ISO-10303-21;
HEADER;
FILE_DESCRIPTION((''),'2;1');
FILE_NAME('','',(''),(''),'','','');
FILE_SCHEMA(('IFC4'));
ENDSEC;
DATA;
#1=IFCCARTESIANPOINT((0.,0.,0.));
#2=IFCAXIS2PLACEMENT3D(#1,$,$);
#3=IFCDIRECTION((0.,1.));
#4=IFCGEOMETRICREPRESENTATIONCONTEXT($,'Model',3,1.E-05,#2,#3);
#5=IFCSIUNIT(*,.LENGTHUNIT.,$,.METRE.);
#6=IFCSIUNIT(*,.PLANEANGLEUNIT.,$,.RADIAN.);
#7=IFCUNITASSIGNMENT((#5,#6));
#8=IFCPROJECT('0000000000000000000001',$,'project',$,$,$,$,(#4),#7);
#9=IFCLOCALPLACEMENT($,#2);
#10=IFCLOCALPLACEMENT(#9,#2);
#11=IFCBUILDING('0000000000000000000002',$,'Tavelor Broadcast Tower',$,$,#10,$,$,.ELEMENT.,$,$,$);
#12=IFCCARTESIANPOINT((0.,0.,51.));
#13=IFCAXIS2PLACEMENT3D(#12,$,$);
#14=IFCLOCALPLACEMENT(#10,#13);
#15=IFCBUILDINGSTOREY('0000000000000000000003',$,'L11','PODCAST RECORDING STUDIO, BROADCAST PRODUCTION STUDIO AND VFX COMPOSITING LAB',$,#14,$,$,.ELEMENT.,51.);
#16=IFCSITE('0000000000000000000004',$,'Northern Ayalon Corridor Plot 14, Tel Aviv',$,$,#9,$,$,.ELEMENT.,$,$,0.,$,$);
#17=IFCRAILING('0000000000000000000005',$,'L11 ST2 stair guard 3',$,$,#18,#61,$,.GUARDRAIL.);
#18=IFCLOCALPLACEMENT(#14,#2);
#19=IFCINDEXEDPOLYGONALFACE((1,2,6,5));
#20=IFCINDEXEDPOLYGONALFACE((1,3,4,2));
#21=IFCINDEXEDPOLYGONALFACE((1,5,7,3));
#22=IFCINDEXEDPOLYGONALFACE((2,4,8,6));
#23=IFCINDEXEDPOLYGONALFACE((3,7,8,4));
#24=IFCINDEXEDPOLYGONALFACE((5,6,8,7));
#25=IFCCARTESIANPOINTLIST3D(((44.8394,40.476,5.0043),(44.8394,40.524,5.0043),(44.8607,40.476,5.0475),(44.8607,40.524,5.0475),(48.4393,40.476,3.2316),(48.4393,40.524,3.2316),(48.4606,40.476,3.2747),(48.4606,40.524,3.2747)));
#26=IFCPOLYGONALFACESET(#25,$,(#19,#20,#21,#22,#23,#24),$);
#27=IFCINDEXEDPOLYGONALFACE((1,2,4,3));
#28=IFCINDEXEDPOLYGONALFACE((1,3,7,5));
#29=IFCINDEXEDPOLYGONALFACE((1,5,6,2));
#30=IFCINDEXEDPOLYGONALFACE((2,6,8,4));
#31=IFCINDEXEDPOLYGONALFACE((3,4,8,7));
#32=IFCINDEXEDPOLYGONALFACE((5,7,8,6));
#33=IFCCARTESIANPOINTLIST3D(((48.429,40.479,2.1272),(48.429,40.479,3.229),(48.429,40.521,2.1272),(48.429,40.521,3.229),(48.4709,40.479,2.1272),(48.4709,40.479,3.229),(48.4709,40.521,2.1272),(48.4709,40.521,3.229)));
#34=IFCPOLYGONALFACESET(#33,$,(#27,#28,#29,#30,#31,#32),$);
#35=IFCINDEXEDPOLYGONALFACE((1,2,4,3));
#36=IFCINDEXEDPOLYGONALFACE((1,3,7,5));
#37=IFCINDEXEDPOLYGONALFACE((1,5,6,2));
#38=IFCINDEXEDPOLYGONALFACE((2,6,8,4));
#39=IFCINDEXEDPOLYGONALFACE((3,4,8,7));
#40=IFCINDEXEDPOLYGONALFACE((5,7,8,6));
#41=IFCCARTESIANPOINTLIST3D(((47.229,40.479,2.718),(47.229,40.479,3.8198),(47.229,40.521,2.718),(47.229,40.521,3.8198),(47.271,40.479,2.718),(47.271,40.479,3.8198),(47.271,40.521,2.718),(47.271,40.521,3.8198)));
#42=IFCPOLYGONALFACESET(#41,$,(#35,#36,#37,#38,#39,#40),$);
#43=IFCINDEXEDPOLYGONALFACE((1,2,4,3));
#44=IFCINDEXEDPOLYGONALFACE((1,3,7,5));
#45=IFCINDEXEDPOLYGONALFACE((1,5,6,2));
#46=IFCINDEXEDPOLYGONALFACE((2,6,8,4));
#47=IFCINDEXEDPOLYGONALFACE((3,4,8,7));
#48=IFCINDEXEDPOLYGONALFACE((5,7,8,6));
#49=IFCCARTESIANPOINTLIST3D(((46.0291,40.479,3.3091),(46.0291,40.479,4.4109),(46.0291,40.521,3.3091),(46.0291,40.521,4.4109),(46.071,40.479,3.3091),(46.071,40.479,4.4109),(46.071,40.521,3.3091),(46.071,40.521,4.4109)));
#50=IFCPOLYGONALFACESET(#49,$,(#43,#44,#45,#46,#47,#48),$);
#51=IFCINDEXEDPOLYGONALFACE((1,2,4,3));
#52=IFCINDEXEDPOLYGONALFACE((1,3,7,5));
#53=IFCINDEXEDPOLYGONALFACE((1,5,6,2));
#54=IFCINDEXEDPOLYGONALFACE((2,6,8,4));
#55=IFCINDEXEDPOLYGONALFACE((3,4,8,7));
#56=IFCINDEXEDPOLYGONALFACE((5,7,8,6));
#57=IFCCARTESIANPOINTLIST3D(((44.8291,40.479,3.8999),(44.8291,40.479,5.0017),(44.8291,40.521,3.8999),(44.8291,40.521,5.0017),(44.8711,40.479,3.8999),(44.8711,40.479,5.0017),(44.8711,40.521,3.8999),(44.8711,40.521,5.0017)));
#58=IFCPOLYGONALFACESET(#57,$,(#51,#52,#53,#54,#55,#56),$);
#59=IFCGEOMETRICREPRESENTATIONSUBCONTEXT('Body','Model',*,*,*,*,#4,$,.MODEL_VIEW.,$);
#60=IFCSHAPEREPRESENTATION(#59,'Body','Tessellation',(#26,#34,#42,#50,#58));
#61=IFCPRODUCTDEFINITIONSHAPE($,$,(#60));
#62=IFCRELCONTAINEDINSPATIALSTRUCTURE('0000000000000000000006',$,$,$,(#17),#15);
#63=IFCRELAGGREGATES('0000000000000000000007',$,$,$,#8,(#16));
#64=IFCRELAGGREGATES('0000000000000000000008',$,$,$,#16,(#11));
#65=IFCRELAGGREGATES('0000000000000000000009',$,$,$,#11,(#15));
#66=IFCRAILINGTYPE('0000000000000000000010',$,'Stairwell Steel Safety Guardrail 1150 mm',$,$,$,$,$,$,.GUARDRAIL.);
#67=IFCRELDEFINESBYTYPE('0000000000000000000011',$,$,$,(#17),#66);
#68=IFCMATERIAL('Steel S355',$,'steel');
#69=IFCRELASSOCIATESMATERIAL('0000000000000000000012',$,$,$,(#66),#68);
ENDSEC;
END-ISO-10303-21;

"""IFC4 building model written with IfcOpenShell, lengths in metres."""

from ifc_helpers import new_model, si_unit, direction, frame, origin, origin_2d, place, context, subcontext, project, spatial, rectangle, extrude, material, type_object, element, save


model = new_model("IFC4")

# Units and contexts
model_context = context("Model", 3, precision=1e-05, world=origin(), true_north=direction((0.0, 1.0)))
body_context = subcontext(model_context, "Body", "Model", "MODEL_VIEW")
ifc_project = project(units=[si_unit("LENGTHUNIT", "METRE"), si_unit("PLANEANGLEUNIT", "RADIAN")], contexts=[model_context])

# Site, building, storey
site_placement = place(None, origin())
site = spatial("IfcSite", under=ifc_project, at=site_placement, Name="Northern Ayalon Corridor Plot 14, Tel Aviv", CompositionType="ELEMENT", RefElevation=0.0)
building_placement = place(site_placement, origin())
building = spatial("IfcBuilding", under=site, at=building_placement, Name="Tavelor Broadcast Tower", CompositionType="ELEMENT")
storey_placement = place(building_placement, frame((0.0, 0.0, 51.0)))
storey = spatial("IfcBuildingStorey", under=building, at=storey_placement, Name="L11", Description="PODCAST RECORDING STUDIO, BROADCAST PRODUCTION STUDIO AND VFX COMPOSITING LAB", CompositionType="ELEMENT", Elevation=51.0)

# Shared definitions
ifc_material_1 = material(Name="Steel S355", Category="steel")

# Railing
railing_type_1 = type_object("IfcRailingType", Name="Stairwell Steel Safety Guardrail 1150 mm", PredefinedType="GUARDRAIL", material=ifc_material_1)
railing_1_placement = place(storey_placement, frame((48.45, 40.5, 2.1272)))
element("IfcRailing", 1, at=railing_1_placement, inside=storey, type_object=railing_type_1, Name="L11 ST2 stair guard 3", PredefinedType="GUARDRAIL", context=body_context, shape_type="SweptSolid", body=[
    extrude(rectangle(XDim=0.0481, YDim=0.0481, at=origin_2d()), frame((0.0, 0.0, 1.126), z_axis=(-0.897124, 0.0, 0.441778), x_axis=(0.0, -1.0, 0.0)), (0.0, 0.0, 1.0), 4.0127),
    extrude(rectangle(XDim=0.042, YDim=0.042, at=origin_2d()), origin(), (0.0, 0.0, 1.0), 1.1018),
    extrude(rectangle(XDim=0.042, YDim=0.042, at=origin_2d()), frame((-1.2, 0.0, 0.5908)), (0.0, 0.0, 1.0), 1.1018),
    extrude(rectangle(XDim=0.042, YDim=0.042, at=origin_2d()), frame((-2.3999, 0.0, 1.1819)), (0.0, 0.0, 1.0), 1.1018),
    extrude(rectangle(XDim=0.042, YDim=0.042, at=origin_2d()), frame((-3.5999, 0.0, 1.7727)), (0.0, 0.0, 1.0), 1.1018),
])

save(model, "model.ifc")
